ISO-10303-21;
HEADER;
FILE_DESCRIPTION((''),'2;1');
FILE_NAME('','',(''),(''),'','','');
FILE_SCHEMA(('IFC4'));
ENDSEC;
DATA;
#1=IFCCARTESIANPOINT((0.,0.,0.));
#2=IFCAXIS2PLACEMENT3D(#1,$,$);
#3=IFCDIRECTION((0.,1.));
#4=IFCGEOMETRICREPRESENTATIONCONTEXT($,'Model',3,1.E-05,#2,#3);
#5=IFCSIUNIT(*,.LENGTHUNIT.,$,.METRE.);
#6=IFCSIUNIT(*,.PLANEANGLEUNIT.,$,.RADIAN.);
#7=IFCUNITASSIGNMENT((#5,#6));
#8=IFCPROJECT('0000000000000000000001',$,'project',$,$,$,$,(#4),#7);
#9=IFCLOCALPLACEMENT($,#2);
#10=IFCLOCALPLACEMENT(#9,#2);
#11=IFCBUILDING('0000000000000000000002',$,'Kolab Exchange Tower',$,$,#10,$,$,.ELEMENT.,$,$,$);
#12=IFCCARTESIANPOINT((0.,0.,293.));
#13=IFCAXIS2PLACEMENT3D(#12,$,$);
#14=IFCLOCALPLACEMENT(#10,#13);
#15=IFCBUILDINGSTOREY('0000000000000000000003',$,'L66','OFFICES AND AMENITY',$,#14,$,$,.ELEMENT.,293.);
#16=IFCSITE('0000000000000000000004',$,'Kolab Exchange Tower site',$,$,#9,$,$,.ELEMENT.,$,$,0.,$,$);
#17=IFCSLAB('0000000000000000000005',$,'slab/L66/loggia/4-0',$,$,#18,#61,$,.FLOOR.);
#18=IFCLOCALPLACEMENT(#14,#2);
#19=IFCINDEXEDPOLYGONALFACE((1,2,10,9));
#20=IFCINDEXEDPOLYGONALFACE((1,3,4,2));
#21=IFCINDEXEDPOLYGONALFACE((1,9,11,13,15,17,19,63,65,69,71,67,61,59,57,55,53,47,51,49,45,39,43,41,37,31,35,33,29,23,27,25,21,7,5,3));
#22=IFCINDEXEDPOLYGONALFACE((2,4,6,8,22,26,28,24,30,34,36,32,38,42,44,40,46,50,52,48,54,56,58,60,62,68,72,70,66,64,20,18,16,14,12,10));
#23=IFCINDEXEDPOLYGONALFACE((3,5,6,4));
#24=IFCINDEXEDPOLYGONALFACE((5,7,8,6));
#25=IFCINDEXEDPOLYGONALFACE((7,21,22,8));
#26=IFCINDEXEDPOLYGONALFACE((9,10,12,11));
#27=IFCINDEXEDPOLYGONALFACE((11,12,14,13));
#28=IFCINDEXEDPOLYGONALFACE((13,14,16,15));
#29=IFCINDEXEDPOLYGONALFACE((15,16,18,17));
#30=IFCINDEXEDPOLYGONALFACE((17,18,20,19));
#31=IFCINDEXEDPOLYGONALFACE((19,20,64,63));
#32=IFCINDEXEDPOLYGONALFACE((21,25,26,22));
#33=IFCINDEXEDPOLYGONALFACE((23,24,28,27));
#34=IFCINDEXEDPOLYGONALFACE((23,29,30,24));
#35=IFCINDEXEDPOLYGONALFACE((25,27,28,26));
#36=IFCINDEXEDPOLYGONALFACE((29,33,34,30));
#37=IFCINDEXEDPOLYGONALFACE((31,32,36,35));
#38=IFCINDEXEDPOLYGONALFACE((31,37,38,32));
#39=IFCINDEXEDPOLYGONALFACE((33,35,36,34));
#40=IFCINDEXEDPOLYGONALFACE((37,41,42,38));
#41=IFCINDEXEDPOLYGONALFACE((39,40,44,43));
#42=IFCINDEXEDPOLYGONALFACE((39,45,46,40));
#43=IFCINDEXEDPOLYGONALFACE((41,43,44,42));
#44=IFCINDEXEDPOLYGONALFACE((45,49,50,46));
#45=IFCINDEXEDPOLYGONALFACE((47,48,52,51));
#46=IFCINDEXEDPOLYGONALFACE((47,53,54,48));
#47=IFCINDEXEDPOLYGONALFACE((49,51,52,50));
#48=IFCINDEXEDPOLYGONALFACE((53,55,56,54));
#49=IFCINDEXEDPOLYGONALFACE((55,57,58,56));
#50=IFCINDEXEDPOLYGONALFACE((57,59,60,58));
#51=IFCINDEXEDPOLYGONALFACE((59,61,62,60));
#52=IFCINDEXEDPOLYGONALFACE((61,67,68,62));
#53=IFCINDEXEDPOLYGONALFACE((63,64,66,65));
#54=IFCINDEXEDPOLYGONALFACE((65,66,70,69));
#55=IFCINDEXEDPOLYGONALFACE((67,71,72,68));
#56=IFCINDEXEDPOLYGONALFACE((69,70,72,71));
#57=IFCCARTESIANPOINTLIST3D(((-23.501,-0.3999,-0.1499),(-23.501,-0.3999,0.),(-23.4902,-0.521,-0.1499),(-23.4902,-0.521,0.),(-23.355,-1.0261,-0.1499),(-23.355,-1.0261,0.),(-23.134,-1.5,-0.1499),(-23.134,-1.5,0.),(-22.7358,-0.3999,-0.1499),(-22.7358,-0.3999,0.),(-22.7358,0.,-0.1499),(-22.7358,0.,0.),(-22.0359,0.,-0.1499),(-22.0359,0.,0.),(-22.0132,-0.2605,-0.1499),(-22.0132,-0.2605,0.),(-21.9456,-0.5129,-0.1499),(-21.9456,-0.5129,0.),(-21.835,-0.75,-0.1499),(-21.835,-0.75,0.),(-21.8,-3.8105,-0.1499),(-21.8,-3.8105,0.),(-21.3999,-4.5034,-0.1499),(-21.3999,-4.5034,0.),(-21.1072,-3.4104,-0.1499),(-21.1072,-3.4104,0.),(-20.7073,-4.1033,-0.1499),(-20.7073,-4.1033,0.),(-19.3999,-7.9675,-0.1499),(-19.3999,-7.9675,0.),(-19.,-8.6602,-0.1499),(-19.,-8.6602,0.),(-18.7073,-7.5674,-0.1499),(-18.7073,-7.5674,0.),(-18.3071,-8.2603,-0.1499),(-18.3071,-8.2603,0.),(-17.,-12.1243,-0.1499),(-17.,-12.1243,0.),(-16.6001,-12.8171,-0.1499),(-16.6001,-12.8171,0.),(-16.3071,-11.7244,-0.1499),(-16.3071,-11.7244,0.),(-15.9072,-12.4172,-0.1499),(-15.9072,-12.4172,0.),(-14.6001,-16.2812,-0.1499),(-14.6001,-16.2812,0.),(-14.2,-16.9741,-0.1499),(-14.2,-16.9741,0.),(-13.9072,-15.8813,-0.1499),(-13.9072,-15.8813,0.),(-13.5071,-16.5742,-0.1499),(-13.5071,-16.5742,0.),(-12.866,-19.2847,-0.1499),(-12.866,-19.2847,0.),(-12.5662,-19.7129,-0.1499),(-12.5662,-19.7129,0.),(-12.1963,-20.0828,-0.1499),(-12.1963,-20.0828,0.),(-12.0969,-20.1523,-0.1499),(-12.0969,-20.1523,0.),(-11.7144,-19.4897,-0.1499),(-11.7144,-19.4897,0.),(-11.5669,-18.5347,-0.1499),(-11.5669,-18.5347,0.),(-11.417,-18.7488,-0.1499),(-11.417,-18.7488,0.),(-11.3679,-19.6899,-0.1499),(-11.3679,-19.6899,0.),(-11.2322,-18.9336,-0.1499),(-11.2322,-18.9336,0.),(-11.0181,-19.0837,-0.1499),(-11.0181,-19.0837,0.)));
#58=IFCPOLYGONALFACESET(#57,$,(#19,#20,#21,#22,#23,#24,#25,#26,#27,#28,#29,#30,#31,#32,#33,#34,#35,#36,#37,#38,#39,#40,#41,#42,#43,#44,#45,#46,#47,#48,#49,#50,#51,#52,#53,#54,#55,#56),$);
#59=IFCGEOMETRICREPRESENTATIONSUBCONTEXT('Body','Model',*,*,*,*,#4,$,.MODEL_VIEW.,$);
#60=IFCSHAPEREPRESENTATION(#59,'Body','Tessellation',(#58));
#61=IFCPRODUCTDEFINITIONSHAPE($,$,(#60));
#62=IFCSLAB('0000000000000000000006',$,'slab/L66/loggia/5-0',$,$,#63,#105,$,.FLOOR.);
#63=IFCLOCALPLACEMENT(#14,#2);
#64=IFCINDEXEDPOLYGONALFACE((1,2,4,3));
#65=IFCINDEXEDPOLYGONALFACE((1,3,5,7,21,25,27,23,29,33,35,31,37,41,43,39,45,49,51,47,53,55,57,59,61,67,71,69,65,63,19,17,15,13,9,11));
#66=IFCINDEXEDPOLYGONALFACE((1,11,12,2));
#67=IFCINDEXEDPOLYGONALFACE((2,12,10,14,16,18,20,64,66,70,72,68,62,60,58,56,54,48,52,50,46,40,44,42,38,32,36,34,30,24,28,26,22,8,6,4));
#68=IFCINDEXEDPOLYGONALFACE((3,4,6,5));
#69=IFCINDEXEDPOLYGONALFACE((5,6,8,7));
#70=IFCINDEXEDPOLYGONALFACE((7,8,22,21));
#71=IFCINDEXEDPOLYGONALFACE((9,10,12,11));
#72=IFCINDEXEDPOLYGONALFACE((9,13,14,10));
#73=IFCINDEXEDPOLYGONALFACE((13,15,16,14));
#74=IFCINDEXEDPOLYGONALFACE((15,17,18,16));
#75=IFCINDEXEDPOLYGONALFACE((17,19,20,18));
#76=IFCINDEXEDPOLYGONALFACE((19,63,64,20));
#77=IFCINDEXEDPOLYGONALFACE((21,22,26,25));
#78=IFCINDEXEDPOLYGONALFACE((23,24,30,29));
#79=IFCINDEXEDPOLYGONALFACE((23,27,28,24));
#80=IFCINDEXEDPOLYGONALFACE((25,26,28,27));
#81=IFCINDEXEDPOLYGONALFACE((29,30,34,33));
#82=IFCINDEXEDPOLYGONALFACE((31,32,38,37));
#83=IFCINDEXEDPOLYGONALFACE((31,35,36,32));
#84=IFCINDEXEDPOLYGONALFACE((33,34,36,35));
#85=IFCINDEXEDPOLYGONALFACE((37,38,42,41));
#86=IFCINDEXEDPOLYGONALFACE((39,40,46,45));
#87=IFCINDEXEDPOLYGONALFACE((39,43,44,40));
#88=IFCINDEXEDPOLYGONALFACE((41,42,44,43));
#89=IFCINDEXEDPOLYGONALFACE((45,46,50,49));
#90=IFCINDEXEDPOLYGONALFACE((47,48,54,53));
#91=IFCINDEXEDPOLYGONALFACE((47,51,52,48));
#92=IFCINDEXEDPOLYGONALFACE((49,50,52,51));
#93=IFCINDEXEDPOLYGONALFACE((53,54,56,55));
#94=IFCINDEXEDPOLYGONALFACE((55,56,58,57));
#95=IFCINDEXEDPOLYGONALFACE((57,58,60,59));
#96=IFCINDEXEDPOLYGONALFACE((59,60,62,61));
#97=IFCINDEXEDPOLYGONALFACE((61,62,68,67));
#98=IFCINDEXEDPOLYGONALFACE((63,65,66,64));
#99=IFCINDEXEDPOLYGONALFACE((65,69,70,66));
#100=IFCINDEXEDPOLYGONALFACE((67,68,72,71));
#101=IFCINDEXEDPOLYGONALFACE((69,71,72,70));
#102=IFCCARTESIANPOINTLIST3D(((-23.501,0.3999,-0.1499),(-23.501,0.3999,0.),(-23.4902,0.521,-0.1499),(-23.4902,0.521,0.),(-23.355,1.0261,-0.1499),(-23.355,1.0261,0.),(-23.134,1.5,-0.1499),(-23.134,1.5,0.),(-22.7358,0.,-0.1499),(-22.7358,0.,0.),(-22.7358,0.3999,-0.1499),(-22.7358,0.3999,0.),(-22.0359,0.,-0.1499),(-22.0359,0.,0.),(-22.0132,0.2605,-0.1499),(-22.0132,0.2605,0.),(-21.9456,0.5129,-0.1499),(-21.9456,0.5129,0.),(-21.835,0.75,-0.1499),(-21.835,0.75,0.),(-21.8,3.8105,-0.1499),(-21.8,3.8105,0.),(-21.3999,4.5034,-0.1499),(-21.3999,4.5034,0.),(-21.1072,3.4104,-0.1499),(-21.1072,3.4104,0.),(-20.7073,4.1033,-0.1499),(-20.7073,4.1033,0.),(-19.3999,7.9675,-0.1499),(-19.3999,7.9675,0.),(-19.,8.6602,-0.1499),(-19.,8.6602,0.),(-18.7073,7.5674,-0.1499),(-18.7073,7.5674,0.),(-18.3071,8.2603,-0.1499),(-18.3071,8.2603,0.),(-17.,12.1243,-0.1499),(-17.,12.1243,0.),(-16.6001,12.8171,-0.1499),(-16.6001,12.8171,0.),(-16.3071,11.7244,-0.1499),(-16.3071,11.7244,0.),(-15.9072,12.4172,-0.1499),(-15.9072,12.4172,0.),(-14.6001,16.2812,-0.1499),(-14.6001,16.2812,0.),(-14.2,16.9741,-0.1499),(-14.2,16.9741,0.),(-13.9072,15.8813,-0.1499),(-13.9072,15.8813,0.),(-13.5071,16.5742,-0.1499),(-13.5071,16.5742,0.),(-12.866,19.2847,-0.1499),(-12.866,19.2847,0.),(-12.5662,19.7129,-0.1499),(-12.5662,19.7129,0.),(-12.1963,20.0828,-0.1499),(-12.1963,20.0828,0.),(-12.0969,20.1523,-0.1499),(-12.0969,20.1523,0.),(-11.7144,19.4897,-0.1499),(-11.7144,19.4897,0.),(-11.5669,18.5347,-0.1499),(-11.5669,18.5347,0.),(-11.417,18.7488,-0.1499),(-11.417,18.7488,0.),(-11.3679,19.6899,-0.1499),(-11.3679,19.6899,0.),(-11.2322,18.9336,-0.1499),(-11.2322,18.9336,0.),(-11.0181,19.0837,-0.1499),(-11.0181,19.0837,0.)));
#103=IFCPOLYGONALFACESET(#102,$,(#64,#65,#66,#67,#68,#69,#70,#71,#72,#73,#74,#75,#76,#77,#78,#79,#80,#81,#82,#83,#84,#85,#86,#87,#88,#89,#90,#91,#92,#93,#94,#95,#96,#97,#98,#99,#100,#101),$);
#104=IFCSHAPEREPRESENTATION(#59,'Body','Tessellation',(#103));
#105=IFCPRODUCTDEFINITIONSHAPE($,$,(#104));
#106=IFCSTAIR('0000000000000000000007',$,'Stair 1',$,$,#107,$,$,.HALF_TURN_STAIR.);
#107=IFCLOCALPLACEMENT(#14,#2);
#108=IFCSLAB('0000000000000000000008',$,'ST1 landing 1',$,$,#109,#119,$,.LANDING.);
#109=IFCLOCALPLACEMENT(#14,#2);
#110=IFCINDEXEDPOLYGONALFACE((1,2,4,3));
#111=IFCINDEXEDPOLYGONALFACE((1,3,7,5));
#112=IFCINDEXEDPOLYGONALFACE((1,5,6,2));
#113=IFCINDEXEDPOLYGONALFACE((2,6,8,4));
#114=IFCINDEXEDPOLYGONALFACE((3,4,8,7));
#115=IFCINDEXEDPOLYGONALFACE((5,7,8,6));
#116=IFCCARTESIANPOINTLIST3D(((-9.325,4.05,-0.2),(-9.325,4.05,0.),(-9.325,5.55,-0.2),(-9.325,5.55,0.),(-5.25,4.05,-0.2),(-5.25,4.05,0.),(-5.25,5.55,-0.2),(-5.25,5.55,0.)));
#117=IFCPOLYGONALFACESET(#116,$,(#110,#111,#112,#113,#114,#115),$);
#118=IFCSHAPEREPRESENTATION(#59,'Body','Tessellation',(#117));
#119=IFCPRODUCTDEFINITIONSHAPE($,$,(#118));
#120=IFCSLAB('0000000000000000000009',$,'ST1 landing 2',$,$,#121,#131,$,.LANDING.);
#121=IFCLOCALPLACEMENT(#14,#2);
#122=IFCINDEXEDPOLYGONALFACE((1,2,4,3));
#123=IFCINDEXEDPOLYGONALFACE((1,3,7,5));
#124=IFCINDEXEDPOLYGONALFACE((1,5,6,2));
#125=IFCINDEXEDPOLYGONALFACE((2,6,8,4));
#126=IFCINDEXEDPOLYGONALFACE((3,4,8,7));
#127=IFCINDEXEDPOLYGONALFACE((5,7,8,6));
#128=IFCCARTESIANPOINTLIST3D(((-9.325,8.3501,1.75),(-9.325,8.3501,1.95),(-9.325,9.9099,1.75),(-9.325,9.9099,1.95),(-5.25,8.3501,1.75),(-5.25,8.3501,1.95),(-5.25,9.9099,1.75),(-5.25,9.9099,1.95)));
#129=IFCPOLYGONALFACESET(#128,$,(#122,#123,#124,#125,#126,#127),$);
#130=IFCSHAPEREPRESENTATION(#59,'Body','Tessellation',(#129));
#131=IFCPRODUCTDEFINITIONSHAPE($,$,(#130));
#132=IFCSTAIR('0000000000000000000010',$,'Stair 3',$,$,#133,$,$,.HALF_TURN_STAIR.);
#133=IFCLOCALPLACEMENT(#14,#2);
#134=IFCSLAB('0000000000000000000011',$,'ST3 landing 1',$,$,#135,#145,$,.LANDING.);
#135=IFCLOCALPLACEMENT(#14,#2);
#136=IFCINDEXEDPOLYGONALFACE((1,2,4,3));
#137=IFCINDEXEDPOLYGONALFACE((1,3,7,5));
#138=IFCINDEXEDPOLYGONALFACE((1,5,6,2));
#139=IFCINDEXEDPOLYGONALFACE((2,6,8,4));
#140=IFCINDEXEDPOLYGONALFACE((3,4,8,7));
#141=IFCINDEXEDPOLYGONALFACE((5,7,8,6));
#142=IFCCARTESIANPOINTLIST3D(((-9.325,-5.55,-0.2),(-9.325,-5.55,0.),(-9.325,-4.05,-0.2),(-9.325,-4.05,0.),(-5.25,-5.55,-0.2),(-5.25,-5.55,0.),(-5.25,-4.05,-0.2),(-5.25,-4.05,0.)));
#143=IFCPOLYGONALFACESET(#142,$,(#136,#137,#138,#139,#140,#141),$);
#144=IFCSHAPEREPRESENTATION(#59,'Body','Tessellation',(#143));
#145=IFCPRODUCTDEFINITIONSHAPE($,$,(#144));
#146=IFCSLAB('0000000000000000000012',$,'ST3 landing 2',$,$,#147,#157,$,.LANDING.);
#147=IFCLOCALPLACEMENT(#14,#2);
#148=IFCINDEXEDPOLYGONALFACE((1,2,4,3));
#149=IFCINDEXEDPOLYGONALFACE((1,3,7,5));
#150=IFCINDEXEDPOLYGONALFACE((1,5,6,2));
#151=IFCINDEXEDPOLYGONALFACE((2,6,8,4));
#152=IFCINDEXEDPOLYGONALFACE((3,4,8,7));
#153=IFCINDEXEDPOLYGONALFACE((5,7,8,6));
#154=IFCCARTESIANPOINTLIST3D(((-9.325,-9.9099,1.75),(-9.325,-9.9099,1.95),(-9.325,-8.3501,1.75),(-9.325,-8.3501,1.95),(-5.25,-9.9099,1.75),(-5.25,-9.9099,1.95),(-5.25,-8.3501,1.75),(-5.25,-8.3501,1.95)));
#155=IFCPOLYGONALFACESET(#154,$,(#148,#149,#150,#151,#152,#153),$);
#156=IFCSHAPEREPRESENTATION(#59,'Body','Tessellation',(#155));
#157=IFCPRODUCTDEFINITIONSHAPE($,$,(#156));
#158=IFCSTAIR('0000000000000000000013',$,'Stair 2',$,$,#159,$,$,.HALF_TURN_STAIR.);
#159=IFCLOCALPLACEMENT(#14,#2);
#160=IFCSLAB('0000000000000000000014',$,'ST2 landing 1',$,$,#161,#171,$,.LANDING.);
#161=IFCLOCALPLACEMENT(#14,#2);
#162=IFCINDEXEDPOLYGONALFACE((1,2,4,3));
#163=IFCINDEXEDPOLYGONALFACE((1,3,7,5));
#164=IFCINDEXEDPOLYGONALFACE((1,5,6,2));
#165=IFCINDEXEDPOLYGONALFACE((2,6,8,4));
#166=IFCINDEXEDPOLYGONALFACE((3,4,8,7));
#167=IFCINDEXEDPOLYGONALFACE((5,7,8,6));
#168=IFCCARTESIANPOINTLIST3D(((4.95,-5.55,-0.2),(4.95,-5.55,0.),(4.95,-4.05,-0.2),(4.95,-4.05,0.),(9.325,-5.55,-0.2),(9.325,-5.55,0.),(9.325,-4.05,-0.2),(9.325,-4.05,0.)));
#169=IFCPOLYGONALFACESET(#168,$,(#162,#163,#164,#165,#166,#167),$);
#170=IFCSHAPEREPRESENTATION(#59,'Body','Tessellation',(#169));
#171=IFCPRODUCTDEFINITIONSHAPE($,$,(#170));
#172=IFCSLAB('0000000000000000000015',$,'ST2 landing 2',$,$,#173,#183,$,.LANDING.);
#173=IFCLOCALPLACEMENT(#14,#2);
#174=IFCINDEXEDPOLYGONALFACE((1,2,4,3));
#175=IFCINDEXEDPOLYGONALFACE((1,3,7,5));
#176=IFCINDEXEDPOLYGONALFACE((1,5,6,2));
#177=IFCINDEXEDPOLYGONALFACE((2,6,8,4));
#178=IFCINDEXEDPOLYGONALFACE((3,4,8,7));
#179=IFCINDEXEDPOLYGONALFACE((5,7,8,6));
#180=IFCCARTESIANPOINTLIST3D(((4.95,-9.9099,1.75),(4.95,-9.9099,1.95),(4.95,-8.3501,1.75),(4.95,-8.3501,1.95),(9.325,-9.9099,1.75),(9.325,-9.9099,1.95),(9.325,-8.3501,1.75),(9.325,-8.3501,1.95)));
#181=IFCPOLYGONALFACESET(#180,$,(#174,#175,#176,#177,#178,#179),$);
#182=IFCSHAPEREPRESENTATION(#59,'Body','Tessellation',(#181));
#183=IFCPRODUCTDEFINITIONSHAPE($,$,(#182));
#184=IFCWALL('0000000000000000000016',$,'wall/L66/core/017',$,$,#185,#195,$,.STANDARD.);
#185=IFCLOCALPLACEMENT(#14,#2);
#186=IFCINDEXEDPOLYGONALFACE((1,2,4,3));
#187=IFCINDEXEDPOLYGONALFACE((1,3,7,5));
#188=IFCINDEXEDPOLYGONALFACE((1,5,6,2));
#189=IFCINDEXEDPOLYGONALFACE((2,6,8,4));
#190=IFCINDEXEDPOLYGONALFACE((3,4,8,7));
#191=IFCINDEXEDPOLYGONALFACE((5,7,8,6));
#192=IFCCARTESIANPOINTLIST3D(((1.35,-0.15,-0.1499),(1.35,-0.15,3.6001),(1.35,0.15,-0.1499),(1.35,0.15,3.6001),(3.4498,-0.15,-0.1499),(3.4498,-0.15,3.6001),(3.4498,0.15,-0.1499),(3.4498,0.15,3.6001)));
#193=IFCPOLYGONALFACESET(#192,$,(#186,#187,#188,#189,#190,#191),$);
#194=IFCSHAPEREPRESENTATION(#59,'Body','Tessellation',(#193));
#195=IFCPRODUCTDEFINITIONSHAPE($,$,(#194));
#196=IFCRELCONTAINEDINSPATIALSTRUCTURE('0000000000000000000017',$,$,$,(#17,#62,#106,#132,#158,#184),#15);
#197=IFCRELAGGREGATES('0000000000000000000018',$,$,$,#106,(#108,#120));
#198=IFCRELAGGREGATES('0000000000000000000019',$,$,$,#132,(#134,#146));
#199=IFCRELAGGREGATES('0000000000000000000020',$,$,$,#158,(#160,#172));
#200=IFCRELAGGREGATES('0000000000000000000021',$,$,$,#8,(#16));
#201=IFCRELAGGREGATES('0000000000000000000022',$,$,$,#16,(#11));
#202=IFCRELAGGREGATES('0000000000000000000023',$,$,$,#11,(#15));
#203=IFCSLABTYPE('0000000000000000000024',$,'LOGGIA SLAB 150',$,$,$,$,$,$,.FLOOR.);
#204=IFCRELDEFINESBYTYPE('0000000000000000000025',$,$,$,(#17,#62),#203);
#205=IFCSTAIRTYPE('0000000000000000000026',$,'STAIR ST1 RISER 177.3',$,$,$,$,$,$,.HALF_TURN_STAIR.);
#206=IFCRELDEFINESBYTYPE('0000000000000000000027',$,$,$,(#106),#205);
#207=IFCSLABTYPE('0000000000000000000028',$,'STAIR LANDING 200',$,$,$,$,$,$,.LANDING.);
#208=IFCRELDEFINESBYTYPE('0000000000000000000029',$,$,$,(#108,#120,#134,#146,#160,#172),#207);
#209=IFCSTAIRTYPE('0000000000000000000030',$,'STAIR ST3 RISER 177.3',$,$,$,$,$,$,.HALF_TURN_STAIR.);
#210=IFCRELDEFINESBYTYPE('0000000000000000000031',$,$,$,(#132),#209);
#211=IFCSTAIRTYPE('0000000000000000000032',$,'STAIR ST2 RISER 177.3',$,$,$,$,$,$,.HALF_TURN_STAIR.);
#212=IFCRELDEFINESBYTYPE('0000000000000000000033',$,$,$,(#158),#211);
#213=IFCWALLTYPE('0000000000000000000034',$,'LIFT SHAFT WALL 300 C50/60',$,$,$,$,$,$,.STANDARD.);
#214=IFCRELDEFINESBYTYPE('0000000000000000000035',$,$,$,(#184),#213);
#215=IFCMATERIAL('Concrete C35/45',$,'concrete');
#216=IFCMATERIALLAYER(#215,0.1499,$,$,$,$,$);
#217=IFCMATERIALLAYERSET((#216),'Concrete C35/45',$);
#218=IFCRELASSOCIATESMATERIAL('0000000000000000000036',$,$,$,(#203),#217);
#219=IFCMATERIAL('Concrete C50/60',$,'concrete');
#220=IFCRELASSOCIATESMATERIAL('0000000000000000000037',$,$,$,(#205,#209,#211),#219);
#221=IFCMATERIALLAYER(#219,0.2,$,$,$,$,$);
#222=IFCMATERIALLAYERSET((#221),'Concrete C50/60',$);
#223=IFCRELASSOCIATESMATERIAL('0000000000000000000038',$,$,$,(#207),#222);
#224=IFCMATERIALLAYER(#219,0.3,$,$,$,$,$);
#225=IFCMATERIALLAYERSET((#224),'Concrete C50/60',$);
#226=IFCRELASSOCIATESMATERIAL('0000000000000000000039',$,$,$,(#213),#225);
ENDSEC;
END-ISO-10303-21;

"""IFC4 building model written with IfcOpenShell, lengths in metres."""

from ifc_helpers import new_model, si_unit, direction, frame, frame_2d, origin, place, context, subcontext, project, spatial, polyline, rectangle, outline, extrude, material, layer, layer_set, type_object, element, aggregate, save


model = new_model("IFC4")

# Units and contexts
model_context = context("Model", 3, precision=1e-05, world=origin(), true_north=direction((0.0, 1.0)))
body_context = subcontext(model_context, "Body", "Model", "MODEL_VIEW")
ifc_project = project(units=[si_unit("LENGTHUNIT", "METRE"), si_unit("PLANEANGLEUNIT", "RADIAN")], contexts=[model_context])

# Site, building, storey
site_placement = place(None, origin())
site = spatial("IfcSite", under=ifc_project, at=site_placement, Name="Kolab Exchange Tower site", CompositionType="ELEMENT", RefElevation=0.0)
building_placement = place(site_placement, origin())
building = spatial("IfcBuilding", under=site, at=building_placement, Name="Kolab Exchange Tower", CompositionType="ELEMENT")
storey_placement = place(building_placement, frame((0.0, 0.0, 293.0)))
storey = spatial("IfcBuildingStorey", under=building, at=storey_placement, Name="L66", Description="OFFICES AND AMENITY", CompositionType="ELEMENT", Elevation=293.0)

# Slabs
ifc_material_1 = material(Name="Concrete C35/45", Category="concrete")
ifc_layer_1 = layer(ifc_material_1, 0.1499)
ifc_layer_set_1 = layer_set([ifc_layer_1], Name="Concrete C35/45")
slab_type_1 = type_object("IfcSlabType", Name="LOGGIA SLAB 150", PredefinedType="FLOOR", material=ifc_layer_set_1)
slab_1_placement = place(storey_placement, frame((0.0, 0.0, -0.1499)))
element("IfcSlab", 1, at=slab_1_placement, inside=storey, type_object=slab_type_1, Name="slab/L66/loggia/4-0", PredefinedType="FLOOR", context=body_context, shape_type="SweptSolid", body=[
    extrude(outline(polyline([(-22.0359, 0.0), (-22.7358, 0.0), (-22.7358, -0.3999), (-23.501, -0.3999), (-23.4902, -0.521), (-23.355, -1.0261), (-23.134, -1.5), (-21.8, -3.8105), (-21.1072, -3.4104), (-20.7073, -4.1033), (-21.3999, -4.5034), (-19.3999, -7.9675), (-18.7073, -7.5674), (-18.3071, -8.2603), (-19.0, -8.6602), (-17.0, -12.1243), (-16.3071, -11.7244), (-15.9072, -12.4172), (-16.6001, -12.8171), (-14.6001, -16.2812), (-13.9072, -15.8813), (-13.5071, -16.5742), (-14.2, -16.9741), (-12.866, -19.2847), (-12.5662, -19.7129), (-12.1963, -20.0828), (-12.0969, -20.1523), (-11.7144, -19.4897), (-11.3679, -19.6899), (-11.0181, -19.0837), (-11.2322, -18.9336), (-11.417, -18.7488), (-11.5669, -18.5347), (-21.835, -0.75), (-21.9456, -0.5129), (-22.0132, -0.2605), (-22.0359, 0.0)])), origin(), (0.0, 0.0, 1.0), 0.1499),
])
slab_2_placement = place(storey_placement, frame((0.0, 0.0, -0.1499)))
element("IfcSlab", 2, at=slab_2_placement, inside=storey, type_object=slab_type_1, Name="slab/L66/loggia/5-0", PredefinedType="FLOOR", context=body_context, shape_type="SweptSolid", body=[
    extrude(outline(polyline([(-11.0181, 19.0837), (-11.3679, 19.6899), (-11.7144, 19.4897), (-12.0969, 20.1523), (-12.1963, 20.0828), (-12.5662, 19.7129), (-12.866, 19.2847), (-14.2, 16.9741), (-13.5071, 16.5742), (-13.9072, 15.8813), (-14.6001, 16.2812), (-16.6001, 12.8171), (-15.9072, 12.4172), (-16.3071, 11.7244), (-17.0, 12.1243), (-19.0, 8.6602), (-18.3071, 8.2603), (-18.7073, 7.5674), (-19.3999, 7.9675), (-21.3999, 4.5034), (-20.7073, 4.1033), (-21.1072, 3.4104), (-21.8, 3.8105), (-23.134, 1.5), (-23.355, 1.0261), (-23.4902, 0.521), (-23.501, 0.3999), (-22.7358, 0.3999), (-22.7358, 0.0), (-22.0359, 0.0), (-22.0132, 0.2605), (-21.9456, 0.5129), (-21.835, 0.75), (-11.5669, 18.5347), (-11.417, 18.7488), (-11.2322, 18.9336), (-11.0181, 19.0837)])), origin(), (0.0, 0.0, 1.0), 0.1499),
])

# Stairs, slabs
ifc_material_2 = material(Name="Concrete C50/60", Category="concrete")
stair_type_1 = type_object("IfcStairType", Name="STAIR ST1 RISER 177.3", PredefinedType="HALF_TURN_STAIR", material=ifc_material_2)
stair_1_placement = place(storey_placement, origin())
stair_1 = element("IfcStair", 3, at=stair_1_placement, inside=storey, type_object=stair_type_1, Name="Stair 1", PredefinedType="HALF_TURN_STAIR")
ifc_layer_2 = layer(ifc_material_2, 0.2)
ifc_layer_set_2 = layer_set([ifc_layer_2], Name="Concrete C50/60")
slab_type_2 = type_object("IfcSlabType", Name="STAIR LANDING 200", PredefinedType="LANDING", material=ifc_layer_set_2)
slab_3_placement = place(storey_placement, frame((0.0, 0.0, -0.2)))
slab_3 = element("IfcSlab", 4, at=slab_3_placement, type_object=slab_type_2, Name="ST1 landing 1", PredefinedType="LANDING", context=body_context, shape_type="SweptSolid", body=[
    extrude(outline(polyline([(-9.325, 4.05), (-5.25, 4.05), (-5.25, 5.55), (-9.325, 5.55), (-9.325, 4.05)])), origin(), (0.0, 0.0, 1.0), 0.2),
])
slab_4_placement = place(storey_placement, frame((0.0, 0.0, 1.75)))
slab_4 = element("IfcSlab", 5, at=slab_4_placement, type_object=slab_type_2, Name="ST1 landing 2", PredefinedType="LANDING", context=body_context, shape_type="SweptSolid", body=[
    extrude(outline(polyline([(-9.325, 8.3501), (-5.25, 8.3501), (-5.25, 9.9099), (-9.325, 9.9099), (-9.325, 8.3501)])), origin(), (0.0, 0.0, 1.0), 0.2),
])
aggregate(stair_1, [slab_3, slab_4])
stair_type_2 = type_object("IfcStairType", Name="STAIR ST3 RISER 177.3", PredefinedType="HALF_TURN_STAIR", material=ifc_material_2)
stair_2_placement = place(storey_placement, origin())
stair_2 = element("IfcStair", 6, at=stair_2_placement, inside=storey, type_object=stair_type_2, Name="Stair 3", PredefinedType="HALF_TURN_STAIR")
slab_5_placement = place(storey_placement, frame((0.0, 0.0, -0.2)))
slab_5 = element("IfcSlab", 7, at=slab_5_placement, type_object=slab_type_2, Name="ST3 landing 1", PredefinedType="LANDING", context=body_context, shape_type="SweptSolid", body=[
    extrude(outline(polyline([(-9.325, -5.55), (-5.25, -5.55), (-5.25, -4.05), (-9.325, -4.05), (-9.325, -5.55)])), origin(), (0.0, 0.0, 1.0), 0.2),
])
slab_6_placement = place(storey_placement, frame((0.0, 0.0, 1.75)))
slab_6 = element("IfcSlab", 8, at=slab_6_placement, type_object=slab_type_2, Name="ST3 landing 2", PredefinedType="LANDING", context=body_context, shape_type="SweptSolid", body=[
    extrude(outline(polyline([(-9.325, -9.9099), (-5.25, -9.9099), (-5.25, -8.3501), (-9.325, -8.3501), (-9.325, -9.9099)])), origin(), (0.0, 0.0, 1.0), 0.2),
])
aggregate(stair_2, [slab_5, slab_6])
stair_type_3 = type_object("IfcStairType", Name="STAIR ST2 RISER 177.3", PredefinedType="HALF_TURN_STAIR", material=ifc_material_2)
stair_3_placement = place(storey_placement, origin())
stair_3 = element("IfcStair", 9, at=stair_3_placement, inside=storey, type_object=stair_type_3, Name="Stair 2", PredefinedType="HALF_TURN_STAIR")
slab_7_placement = place(storey_placement, frame((0.0, 0.0, -0.2)))
slab_7 = element("IfcSlab", 10, at=slab_7_placement, type_object=slab_type_2, Name="ST2 landing 1", PredefinedType="LANDING", context=body_context, shape_type="SweptSolid", body=[
    extrude(outline(polyline([(4.95, -5.55), (9.325, -5.55), (9.325, -4.05), (4.95, -4.05), (4.95, -5.55)])), origin(), (0.0, 0.0, 1.0), 0.2),
])
slab_8_placement = place(storey_placement, frame((0.0, 0.0, 1.75)))
slab_8 = element("IfcSlab", 11, at=slab_8_placement, type_object=slab_type_2, Name="ST2 landing 2", PredefinedType="LANDING", context=body_context, shape_type="SweptSolid", body=[
    extrude(outline(polyline([(4.95, -9.9099), (9.325, -9.9099), (9.325, -8.3501), (4.95, -8.3501), (4.95, -9.9099)])), origin(), (0.0, 0.0, 1.0), 0.2),
])
aggregate(stair_3, [slab_7, slab_8])

# Wall
ifc_layer_3 = layer(ifc_material_2, 0.3)
ifc_layer_set_3 = layer_set([ifc_layer_3], Name="Concrete C50/60")
wall_type_1 = type_object("IfcWallType", Name="LIFT SHAFT WALL 300 C50/60", PredefinedType="STANDARD", material=ifc_layer_set_3)
wall_1_placement = place(storey_placement, frame((1.3501, 0.0, -0.1499), z_axis=(0.0, 0.0, 1.0), x_axis=(1.0, 0.0, 0.0)))
element("IfcWall", 12, at=wall_1_placement, inside=storey, type_object=wall_type_1, Name="wall/L66/core/017", PredefinedType="STANDARD", context=body_context, shape_type="SweptSolid", body=[
    extrude(rectangle(XDim=2.0999, YDim=0.3, at=frame_2d((1.0498, 0.0))), origin(), (0.0, 0.0, 1.0), 3.75),
])

save(model, "model.ifc")
